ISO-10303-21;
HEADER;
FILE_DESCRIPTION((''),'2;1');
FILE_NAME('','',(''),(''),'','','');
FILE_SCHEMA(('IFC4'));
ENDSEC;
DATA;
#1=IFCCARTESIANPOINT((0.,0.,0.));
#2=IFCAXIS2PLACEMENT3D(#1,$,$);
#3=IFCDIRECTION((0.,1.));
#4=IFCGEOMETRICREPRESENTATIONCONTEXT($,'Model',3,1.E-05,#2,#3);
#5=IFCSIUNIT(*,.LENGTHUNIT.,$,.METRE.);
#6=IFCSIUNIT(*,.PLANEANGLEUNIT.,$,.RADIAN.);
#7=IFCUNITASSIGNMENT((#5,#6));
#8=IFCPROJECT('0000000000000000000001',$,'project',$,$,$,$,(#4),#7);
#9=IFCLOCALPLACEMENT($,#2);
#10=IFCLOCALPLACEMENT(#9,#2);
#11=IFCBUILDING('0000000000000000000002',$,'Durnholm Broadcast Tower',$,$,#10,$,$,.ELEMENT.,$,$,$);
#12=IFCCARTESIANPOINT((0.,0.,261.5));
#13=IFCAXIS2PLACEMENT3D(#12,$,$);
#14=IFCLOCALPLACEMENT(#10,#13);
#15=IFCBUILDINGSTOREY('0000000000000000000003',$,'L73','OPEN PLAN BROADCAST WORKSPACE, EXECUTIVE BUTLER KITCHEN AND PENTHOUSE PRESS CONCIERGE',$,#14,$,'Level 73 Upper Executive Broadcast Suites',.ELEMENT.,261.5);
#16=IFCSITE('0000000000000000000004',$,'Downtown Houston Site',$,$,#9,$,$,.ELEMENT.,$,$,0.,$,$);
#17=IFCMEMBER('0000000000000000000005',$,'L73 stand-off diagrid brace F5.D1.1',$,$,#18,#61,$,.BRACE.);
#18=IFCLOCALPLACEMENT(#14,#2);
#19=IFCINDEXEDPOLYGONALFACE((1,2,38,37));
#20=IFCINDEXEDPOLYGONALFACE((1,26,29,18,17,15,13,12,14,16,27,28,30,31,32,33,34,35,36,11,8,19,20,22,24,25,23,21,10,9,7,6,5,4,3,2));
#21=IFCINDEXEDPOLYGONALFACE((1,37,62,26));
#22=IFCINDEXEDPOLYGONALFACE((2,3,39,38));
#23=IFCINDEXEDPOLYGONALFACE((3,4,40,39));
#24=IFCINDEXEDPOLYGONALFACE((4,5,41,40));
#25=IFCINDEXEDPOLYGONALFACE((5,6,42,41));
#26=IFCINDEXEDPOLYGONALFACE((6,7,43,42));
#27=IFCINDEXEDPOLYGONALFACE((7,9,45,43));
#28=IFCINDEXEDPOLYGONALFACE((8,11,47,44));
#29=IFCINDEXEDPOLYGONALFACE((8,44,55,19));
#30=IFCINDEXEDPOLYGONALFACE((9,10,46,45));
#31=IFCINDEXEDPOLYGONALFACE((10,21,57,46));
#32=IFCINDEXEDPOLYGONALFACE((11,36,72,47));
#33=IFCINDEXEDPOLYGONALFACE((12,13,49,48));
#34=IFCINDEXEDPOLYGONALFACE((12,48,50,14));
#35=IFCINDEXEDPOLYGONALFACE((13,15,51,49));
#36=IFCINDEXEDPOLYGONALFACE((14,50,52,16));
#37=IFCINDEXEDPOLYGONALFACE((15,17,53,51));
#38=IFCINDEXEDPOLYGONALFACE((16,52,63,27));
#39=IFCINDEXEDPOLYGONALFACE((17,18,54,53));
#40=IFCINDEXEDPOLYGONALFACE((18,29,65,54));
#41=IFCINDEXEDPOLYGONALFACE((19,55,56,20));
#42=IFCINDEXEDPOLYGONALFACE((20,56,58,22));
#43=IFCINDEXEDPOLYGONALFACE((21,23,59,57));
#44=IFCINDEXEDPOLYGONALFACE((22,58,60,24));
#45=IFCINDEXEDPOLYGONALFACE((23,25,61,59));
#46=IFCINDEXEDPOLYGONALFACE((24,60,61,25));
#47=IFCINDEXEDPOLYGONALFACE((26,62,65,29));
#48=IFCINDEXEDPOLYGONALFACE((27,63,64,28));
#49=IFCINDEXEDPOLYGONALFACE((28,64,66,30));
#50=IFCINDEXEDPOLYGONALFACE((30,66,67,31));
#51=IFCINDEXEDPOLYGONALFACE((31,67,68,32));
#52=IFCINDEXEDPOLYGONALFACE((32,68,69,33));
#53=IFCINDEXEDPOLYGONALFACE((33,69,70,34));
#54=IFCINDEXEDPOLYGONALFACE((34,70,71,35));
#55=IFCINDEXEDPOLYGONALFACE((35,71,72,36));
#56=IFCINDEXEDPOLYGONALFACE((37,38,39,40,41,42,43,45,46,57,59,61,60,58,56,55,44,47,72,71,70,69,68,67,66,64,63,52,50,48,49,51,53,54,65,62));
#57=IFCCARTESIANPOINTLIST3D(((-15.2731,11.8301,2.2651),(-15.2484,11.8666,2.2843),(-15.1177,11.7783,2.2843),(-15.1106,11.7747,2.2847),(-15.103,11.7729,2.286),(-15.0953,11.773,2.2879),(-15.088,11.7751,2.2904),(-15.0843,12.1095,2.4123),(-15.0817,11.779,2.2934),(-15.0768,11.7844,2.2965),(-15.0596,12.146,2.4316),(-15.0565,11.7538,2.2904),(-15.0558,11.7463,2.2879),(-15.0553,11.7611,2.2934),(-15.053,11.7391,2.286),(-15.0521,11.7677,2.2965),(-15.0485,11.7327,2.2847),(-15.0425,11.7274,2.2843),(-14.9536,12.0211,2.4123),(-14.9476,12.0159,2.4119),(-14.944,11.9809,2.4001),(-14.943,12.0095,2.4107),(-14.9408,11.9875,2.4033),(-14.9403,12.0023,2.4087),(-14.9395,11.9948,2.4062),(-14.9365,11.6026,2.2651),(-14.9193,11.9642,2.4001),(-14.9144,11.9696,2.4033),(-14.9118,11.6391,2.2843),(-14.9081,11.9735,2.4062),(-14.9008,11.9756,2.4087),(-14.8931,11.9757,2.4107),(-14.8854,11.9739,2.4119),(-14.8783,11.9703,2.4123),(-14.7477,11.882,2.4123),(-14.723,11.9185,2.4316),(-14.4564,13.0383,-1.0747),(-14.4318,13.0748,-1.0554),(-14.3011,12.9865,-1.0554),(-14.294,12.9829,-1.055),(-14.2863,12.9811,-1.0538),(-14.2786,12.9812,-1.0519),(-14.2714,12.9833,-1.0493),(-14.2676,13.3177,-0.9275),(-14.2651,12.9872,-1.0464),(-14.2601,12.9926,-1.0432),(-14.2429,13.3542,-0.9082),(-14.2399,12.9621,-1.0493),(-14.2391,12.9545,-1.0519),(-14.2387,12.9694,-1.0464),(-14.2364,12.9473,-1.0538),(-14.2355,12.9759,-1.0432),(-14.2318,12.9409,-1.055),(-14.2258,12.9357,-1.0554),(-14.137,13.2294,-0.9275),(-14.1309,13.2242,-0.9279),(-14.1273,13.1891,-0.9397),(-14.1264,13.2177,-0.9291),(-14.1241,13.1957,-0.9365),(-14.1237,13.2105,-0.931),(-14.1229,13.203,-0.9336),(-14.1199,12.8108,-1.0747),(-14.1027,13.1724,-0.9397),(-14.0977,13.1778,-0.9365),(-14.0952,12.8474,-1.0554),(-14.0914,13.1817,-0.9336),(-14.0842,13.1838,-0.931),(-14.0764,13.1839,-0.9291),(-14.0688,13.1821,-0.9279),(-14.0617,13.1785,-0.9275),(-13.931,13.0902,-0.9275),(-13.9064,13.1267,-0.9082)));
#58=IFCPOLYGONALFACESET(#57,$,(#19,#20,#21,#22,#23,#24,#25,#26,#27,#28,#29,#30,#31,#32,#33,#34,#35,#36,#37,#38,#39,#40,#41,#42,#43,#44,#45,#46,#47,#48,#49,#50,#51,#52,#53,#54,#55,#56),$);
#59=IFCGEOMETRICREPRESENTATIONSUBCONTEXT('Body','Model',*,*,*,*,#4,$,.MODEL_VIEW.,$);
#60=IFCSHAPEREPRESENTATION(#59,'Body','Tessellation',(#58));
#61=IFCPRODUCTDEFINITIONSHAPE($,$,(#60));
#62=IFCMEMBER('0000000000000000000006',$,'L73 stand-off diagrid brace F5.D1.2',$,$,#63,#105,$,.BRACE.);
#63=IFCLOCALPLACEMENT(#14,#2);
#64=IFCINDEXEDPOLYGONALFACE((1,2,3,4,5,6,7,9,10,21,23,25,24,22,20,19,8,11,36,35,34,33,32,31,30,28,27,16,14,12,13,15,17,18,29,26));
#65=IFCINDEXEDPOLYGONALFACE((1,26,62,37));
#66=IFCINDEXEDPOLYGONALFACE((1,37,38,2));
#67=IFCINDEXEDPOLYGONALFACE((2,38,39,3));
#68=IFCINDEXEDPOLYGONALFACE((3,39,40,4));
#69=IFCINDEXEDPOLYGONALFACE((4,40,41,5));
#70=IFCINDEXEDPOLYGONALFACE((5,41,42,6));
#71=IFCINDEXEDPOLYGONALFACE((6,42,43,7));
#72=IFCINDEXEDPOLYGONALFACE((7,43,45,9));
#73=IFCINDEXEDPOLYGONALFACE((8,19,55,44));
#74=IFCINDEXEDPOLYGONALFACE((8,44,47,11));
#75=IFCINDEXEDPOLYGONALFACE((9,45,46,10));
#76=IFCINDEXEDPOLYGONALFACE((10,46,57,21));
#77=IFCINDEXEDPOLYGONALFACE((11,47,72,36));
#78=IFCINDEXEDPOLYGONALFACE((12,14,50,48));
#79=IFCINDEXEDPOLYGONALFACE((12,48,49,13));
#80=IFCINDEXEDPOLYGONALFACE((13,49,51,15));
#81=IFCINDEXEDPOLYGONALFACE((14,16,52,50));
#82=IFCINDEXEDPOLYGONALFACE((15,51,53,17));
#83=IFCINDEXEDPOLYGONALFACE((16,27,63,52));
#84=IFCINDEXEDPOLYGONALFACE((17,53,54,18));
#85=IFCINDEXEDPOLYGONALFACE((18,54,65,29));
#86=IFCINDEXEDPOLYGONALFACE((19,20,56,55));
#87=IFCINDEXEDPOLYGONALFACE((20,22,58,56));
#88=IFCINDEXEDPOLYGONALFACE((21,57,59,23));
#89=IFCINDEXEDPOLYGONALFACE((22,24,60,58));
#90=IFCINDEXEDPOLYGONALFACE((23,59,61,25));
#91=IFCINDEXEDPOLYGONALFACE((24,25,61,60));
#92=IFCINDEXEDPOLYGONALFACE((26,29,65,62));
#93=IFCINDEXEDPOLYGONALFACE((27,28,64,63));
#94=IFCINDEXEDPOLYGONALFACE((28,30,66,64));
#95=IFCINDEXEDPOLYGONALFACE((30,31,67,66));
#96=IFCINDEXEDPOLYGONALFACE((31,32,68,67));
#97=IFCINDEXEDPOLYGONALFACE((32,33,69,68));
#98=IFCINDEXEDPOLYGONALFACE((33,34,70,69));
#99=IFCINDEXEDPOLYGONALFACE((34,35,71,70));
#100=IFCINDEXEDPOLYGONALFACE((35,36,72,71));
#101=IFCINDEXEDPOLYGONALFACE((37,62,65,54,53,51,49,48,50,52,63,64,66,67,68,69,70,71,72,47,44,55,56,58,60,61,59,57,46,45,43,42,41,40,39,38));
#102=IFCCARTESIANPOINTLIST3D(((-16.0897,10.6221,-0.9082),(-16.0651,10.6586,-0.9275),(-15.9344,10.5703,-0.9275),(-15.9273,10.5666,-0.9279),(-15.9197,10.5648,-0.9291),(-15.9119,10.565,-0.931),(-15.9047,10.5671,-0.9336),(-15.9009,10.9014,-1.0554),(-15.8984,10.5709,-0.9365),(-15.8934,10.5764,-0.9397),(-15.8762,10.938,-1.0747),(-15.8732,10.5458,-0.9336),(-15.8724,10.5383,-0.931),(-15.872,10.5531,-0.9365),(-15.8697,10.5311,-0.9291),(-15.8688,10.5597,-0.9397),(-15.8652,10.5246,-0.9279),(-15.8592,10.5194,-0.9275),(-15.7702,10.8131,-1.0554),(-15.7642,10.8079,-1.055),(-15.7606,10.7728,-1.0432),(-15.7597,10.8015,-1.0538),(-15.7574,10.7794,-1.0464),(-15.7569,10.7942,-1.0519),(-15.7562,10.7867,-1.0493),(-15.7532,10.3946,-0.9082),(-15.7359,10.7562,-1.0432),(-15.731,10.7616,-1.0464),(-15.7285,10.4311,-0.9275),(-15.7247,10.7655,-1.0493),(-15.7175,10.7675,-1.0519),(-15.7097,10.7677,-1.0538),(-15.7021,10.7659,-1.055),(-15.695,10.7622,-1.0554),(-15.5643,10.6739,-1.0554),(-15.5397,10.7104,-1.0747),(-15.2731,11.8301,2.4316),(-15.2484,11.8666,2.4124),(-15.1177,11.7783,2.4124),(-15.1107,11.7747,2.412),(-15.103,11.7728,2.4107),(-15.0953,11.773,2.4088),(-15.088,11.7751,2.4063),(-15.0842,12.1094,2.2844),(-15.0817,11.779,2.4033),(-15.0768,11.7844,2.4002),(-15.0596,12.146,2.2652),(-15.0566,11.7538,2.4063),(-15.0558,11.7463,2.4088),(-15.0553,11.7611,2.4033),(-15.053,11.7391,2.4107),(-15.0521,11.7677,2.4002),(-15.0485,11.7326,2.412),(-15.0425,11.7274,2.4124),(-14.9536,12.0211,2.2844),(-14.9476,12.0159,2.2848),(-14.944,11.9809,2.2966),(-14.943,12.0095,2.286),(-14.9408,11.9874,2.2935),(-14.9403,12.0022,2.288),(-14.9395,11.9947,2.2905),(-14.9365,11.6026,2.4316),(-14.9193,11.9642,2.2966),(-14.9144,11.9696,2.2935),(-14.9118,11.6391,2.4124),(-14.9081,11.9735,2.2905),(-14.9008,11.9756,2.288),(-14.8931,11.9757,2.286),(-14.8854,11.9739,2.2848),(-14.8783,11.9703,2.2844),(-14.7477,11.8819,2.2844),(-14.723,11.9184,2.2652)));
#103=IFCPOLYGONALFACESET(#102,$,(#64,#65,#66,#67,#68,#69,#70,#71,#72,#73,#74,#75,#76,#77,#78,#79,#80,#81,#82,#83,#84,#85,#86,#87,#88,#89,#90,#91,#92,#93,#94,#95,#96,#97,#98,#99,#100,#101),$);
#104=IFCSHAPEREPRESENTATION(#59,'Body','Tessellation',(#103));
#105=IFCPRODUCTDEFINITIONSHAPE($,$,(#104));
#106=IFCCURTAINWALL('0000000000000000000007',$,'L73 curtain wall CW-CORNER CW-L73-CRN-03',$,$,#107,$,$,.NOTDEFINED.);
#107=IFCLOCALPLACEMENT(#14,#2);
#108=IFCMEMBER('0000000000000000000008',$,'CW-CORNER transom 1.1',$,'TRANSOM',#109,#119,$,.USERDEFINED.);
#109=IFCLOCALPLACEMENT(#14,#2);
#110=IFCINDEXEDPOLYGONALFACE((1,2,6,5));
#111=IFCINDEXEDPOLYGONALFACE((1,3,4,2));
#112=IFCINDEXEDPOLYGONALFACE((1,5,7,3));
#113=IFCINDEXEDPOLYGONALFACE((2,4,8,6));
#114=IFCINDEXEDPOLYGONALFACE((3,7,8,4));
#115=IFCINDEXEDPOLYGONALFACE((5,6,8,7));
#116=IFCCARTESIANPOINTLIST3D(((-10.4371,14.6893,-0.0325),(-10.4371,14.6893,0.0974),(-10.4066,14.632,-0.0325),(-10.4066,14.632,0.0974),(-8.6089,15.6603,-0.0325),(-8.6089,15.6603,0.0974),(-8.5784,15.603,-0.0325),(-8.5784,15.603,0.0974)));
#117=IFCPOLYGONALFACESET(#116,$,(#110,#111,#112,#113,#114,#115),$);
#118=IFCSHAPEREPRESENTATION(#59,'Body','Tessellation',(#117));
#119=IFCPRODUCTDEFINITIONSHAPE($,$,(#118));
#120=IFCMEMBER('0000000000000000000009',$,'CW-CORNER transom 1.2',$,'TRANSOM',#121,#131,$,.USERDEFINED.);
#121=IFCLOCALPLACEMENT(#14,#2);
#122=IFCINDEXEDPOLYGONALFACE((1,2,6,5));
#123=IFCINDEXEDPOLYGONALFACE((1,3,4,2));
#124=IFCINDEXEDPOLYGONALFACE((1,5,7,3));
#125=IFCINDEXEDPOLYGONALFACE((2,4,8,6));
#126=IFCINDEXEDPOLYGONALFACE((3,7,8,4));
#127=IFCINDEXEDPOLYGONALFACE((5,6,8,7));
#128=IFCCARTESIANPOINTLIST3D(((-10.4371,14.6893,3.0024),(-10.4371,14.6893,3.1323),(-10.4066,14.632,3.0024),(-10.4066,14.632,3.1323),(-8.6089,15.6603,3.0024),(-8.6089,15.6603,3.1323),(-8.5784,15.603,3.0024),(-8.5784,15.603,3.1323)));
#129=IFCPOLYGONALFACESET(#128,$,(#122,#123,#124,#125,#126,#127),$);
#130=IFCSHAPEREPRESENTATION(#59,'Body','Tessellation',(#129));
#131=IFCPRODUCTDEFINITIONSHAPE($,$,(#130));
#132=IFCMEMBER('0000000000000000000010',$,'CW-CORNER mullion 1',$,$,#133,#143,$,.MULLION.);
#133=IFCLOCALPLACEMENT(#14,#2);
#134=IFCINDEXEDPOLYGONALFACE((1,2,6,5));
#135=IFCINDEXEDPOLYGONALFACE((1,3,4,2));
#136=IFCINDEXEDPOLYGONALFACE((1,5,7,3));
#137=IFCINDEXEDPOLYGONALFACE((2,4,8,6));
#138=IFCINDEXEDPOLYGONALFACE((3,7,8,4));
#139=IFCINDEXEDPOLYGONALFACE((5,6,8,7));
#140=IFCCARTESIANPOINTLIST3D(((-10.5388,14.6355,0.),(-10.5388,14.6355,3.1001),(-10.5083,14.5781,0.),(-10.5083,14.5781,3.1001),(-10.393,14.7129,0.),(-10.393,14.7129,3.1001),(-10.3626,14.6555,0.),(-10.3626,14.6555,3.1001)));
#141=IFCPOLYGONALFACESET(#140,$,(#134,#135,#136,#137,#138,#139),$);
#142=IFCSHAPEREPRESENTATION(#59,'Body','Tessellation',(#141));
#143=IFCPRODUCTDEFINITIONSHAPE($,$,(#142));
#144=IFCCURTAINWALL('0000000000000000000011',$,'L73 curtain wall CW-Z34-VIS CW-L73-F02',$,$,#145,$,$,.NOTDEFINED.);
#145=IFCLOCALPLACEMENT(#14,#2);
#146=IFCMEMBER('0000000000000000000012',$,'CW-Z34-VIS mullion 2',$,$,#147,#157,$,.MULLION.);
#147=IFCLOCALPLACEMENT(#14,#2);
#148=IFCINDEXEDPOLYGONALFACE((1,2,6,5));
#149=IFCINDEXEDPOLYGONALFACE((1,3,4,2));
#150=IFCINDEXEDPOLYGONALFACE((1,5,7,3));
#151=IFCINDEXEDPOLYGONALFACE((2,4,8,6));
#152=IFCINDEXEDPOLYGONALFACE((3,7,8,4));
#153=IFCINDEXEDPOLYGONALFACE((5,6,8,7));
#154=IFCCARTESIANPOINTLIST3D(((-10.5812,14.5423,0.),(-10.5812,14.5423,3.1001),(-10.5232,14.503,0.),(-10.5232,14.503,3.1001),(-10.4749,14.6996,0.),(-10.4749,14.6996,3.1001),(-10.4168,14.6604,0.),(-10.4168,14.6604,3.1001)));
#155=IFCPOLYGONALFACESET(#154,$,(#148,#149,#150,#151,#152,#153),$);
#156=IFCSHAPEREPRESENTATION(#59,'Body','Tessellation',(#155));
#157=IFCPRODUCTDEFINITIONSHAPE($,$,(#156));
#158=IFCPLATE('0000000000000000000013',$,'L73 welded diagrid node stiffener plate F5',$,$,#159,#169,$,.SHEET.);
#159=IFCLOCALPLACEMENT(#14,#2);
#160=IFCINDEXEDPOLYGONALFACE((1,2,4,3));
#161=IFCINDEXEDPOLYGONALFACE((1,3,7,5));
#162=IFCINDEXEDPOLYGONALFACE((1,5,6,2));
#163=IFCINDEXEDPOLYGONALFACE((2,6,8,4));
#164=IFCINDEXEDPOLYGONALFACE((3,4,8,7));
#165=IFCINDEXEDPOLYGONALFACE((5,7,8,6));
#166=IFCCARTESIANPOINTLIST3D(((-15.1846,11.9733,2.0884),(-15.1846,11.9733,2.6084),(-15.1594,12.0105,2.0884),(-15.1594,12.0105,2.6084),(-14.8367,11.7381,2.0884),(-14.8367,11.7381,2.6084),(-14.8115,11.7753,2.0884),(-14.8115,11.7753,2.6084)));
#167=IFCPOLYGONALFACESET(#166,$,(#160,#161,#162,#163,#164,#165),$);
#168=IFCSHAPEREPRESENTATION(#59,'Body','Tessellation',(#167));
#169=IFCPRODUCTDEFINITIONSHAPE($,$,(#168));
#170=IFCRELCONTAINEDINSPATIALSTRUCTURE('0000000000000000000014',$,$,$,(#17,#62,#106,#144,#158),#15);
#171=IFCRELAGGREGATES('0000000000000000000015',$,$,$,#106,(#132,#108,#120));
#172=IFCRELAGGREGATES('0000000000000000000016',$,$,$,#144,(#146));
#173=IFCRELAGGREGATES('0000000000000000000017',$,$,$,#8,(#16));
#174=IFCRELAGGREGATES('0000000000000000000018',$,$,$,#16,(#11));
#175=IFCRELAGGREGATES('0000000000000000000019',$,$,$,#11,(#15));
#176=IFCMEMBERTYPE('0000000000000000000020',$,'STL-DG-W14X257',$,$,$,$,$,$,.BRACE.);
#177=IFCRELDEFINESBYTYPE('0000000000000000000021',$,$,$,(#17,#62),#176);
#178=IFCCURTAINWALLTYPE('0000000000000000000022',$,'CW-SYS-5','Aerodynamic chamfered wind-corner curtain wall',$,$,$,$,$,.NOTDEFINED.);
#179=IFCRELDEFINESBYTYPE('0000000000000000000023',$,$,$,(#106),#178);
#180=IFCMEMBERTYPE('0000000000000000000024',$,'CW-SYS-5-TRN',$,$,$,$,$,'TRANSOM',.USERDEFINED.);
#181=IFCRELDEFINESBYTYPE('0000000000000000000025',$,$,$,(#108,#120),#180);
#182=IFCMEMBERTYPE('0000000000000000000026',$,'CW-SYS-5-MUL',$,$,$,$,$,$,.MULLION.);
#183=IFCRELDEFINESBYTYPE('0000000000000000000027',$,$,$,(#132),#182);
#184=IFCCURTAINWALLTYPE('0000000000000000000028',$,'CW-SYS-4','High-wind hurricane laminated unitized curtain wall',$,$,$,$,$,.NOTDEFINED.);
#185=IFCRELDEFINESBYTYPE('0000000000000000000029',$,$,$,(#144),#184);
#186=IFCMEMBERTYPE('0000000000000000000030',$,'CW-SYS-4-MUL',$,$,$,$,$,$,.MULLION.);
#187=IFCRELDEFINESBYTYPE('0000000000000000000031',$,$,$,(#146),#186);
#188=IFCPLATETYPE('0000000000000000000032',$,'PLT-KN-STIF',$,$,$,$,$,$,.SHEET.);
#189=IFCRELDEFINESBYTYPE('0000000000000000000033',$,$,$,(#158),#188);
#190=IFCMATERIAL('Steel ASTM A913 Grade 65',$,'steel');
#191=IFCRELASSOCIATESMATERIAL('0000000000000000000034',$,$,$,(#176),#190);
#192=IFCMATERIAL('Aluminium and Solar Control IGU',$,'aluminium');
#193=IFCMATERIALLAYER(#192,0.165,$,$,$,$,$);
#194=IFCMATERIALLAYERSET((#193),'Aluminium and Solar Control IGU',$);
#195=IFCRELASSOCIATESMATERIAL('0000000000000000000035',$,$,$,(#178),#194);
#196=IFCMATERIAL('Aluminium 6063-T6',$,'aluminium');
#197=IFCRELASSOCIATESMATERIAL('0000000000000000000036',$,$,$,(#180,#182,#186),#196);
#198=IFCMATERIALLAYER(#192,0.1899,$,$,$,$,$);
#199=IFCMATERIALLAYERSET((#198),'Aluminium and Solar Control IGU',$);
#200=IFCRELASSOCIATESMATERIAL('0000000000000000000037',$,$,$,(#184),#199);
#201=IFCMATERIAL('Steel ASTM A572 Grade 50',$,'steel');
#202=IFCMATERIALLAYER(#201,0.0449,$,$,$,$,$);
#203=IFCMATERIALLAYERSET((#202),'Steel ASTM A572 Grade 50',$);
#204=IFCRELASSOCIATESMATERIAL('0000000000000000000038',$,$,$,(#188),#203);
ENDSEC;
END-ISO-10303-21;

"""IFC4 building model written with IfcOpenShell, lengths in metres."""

from ifc_helpers import new_model, si_unit, direction, frame, origin, origin_2d, place, context, subcontext, project, spatial, rectangle, i_section, extrude, source, transform, mapped, material, layer, layer_set, material_profile, profile_set, type_object, type_shapes, element, aggregate, save


model = new_model("IFC4")

# Units and contexts
model_context = context("Model", 3, precision=1e-05, world=origin(), true_north=direction((0.0, 1.0)))
body_context = subcontext(model_context, "Body", "Model", "MODEL_VIEW")
ifc_project = project(units=[si_unit("LENGTHUNIT", "METRE"), si_unit("PLANEANGLEUNIT", "RADIAN")], contexts=[model_context])

# Site, building, storey
site_placement = place(None, origin())
site = spatial("IfcSite", under=ifc_project, at=site_placement, Name="Downtown Houston Site", CompositionType="ELEMENT", RefElevation=0.0)
building_placement = place(site_placement, origin())
building = spatial("IfcBuilding", under=site, at=building_placement, Name="Durnholm Broadcast Tower", CompositionType="ELEMENT")
storey_placement = place(building_placement, frame((0.0, 0.0, 261.5)))
storey = spatial("IfcBuildingStorey", under=building, at=storey_placement, Name="L73", Description="OPEN PLAN BROADCAST WORKSPACE, EXECUTIVE BUTLER KITCHEN AND PENTHOUSE PRESS CONCIERGE", LongName="Level 73 Upper Executive Broadcast Suites", CompositionType="ELEMENT", Elevation=261.5)

# Members
ifc_material_1 = material(Name="Steel ASTM A913 Grade 65", Category="steel")
ifc_material_profile_1 = material_profile(ifc_material_1, i_section(OverallWidth=0.4062, OverallDepth=0.416, WebThickness=0.0298, FlangeThickness=0.0481, FilletRadius=0.0305, at=origin_2d()), Name="W14X257")
ifc_profile_set_1 = profile_set([ifc_material_profile_1], Name="Steel ASTM A913 Grade 65")
member_type_1 = type_object("IfcMemberType", Name="STL-DG-W14X257", PredefinedType="BRACE", material=ifc_profile_set_1)
shared_shape_1 = source(origin(), body_context, "Body", "SweptSolid", [
    extrude(i_section(OverallWidth=0.4062, OverallDepth=0.416, WebThickness=0.0298, FlangeThickness=0.0481, FilletRadius=0.0305, at=origin_2d()), origin(), (0.0, 0.0, 1.0), 3.6443),
])
type_shapes(member_type_1, [shared_shape_1])
for number, where, z_axis, x_axis, name in (
    (1, (-14.1814, 13.0825, -0.9915), (-0.224086, -0.33154, 0.916442), (0.828505, -0.559982, 0.0), "L73 stand-off diagrid brace F5.D1.1"),
    (2, (-15.8147, 10.6663, -0.9915), (0.224091, 0.331481, 0.916463), (-0.828452, 0.560059, 0.0), "L73 stand-off diagrid brace F5.D1.2"),
):
    element("IfcMember", number, at=place(storey_placement, frame(where, z_axis=z_axis, x_axis=x_axis)), inside=storey, type_object=member_type_1, Name=name, PredefinedType="BRACE", context=body_context, shape_type="MappedRepresentation", body=[
        mapped(shared_shape_1, transform((0.0, 0.0, 0.0), x_axis=(1.0, 0.0, 0.0), y_axis=(0.0, 1.0, 0.0), z_axis=(0.0, 0.0, 1.0), scale=1.0)),
    ])

# Curtain wall, members
ifc_material_2 = material(Name="Aluminium and Solar Control IGU", Category="aluminium")
ifc_layer_1 = layer(ifc_material_2, 0.165)
ifc_layer_set_1 = layer_set([ifc_layer_1], Name="Aluminium and Solar Control IGU")
curtain_wall_type_1 = type_object("IfcCurtainWallType", Name="CW-SYS-5", Description="Aerodynamic chamfered wind-corner curtain wall", PredefinedType="NOTDEFINED", material=ifc_layer_set_1)
curtain_wall_1_placement = place(storey_placement, origin())
curtain_wall_1 = element("IfcCurtainWall", 3, at=curtain_wall_1_placement, inside=storey, type_object=curtain_wall_type_1, Name="L73 curtain wall CW-CORNER CW-L73-CRN-03", PredefinedType="NOTDEFINED")
ifc_material_3 = material(Name="Aluminium 6063-T6", Category="aluminium")
ifc_material_profile_2 = material_profile(ifc_material_3, rectangle(XDim=0.0649, YDim=0.1299, at=origin_2d()), Name="CWT65X130")
ifc_profile_set_2 = profile_set([ifc_material_profile_2], Name="Aluminium 6063-T6")
member_type_2 = type_object("IfcMemberType", Name="CW-SYS-5-TRN", ElementType="TRANSOM", PredefinedType="USERDEFINED", material=ifc_profile_set_2)
shared_shape_2 = source(origin(), body_context, "Body", "SweptSolid", [
    extrude(rectangle(XDim=0.0649, YDim=0.1299, at=origin_2d()), origin(), (0.0, 0.0, 1.0), 2.0701),
])
type_shapes(member_type_2, [shared_shape_2])
member_1_placement = place(storey_placement, frame((-10.4219, 14.6606, 0.0325), z_axis=(0.883165, 0.469063, 0.0), x_axis=(-0.469063, 0.883165, 0.0)))
member_1 = element("IfcMember", 4, at=member_1_placement, type_object=member_type_2, Name="CW-CORNER transom 1.1", ObjectType="TRANSOM", PredefinedType="USERDEFINED", context=body_context, shape_type="MappedRepresentation", body=[
    mapped(shared_shape_2, transform((0.0, 0.0, 0.0), x_axis=(1.0, 0.0, 0.0), y_axis=(0.0, 1.0, 0.0), z_axis=(0.0, 0.0, 1.0), scale=1.0)),
])
member_2_placement = place(storey_placement, frame((-10.4219, 14.6606, 3.0674), z_axis=(0.883165, 0.469063, 0.0), x_axis=(-0.469063, 0.883165, 0.0)))
member_2 = element("IfcMember", 5, at=member_2_placement, type_object=member_type_2, Name="CW-CORNER transom 1.2", ObjectType="TRANSOM", PredefinedType="USERDEFINED", context=body_context, shape_type="MappedRepresentation", body=[
    mapped(shared_shape_2, transform((0.0, 0.0, 0.0), x_axis=(1.0, 0.0, 0.0), y_axis=(0.0, 1.0, 0.0), z_axis=(0.0, 0.0, 1.0), scale=1.0)),
])
ifc_material_profile_3 = material_profile(ifc_material_3, rectangle(XDim=0.0649, YDim=0.165, at=origin_2d()), Name="CWM65X165")
ifc_profile_set_3 = profile_set([ifc_material_profile_3], Name="Aluminium 6063-T6")
member_type_3 = type_object("IfcMemberType", Name="CW-SYS-5-MUL", PredefinedType="MULLION", material=ifc_profile_set_3)
shared_shape_3 = source(origin(), body_context, "Body", "SweptSolid", [
    extrude(rectangle(XDim=0.0649, YDim=0.165, at=origin_2d()), origin(), (0.0, 0.0, 1.0), 3.1001),
])
type_shapes(member_type_3, [shared_shape_3])
member_3_placement = place(storey_placement, frame((-10.4507, 14.6455, 0.0), z_axis=(0.0, 0.0, 1.0), x_axis=(-0.469007, 0.883195, 0.0)))
member_3 = element("IfcMember", 6, at=member_3_placement, type_object=member_type_3, Name="CW-CORNER mullion 1", PredefinedType="MULLION", context=body_context, shape_type="MappedRepresentation", body=[
    mapped(shared_shape_3, transform((0.0, 0.0, 0.0), x_axis=(1.0, 0.0, 0.0), y_axis=(0.0, 1.0, 0.0), z_axis=(0.0, 0.0, 1.0), scale=1.0)),
])
aggregate(curtain_wall_1, [member_3, member_1, member_2])

# Curtain wall, member
ifc_layer_2 = layer(ifc_material_2, 0.1899)
ifc_layer_set_2 = layer_set([ifc_layer_2], Name="Aluminium and Solar Control IGU")
curtain_wall_type_2 = type_object("IfcCurtainWallType", Name="CW-SYS-4", Description="High-wind hurricane laminated unitized curtain wall", PredefinedType="NOTDEFINED", material=ifc_layer_set_2)
curtain_wall_2_placement = place(storey_placement, origin())
curtain_wall_2 = element("IfcCurtainWall", 7, at=curtain_wall_2_placement, inside=storey, type_object=curtain_wall_type_2, Name="L73 curtain wall CW-Z34-VIS CW-L73-F02", PredefinedType="NOTDEFINED")
ifc_material_profile_4 = material_profile(ifc_material_3, rectangle(XDim=0.0701, YDim=0.1899, at=origin_2d()), Name="CWM70X190")
ifc_profile_set_4 = profile_set([ifc_material_profile_4], Name="Aluminium 6063-T6")
member_type_4 = type_object("IfcMemberType", Name="CW-SYS-4-MUL", PredefinedType="MULLION", material=ifc_profile_set_4)
shared_shape_4 = source(origin(), body_context, "Body", "SweptSolid", [
    extrude(rectangle(XDim=0.0701, YDim=0.1899, at=origin_2d()), origin(), (0.0, 0.0, 1.0), 3.1001),
])
type_shapes(member_type_4, [shared_shape_4])
member_4_placement = place(storey_placement, frame((-10.499, 14.6013, 0.0), z_axis=(0.0, 0.0, 1.0), x_axis=(-0.828443, 0.560073, 0.0)))
member_4 = element("IfcMember", 8, at=member_4_placement, type_object=member_type_4, Name="CW-Z34-VIS mullion 2", PredefinedType="MULLION", context=body_context, shape_type="MappedRepresentation", body=[
    mapped(shared_shape_4, transform((0.0, 0.0, 0.0), x_axis=(1.0, 0.0, 0.0), y_axis=(0.0, 1.0, 0.0), z_axis=(0.0, 0.0, 1.0), scale=1.0)),
])

# Plate
ifc_material_4 = material(Name="Steel ASTM A572 Grade 50", Category="steel")
ifc_layer_3 = layer(ifc_material_4, 0.0449)
ifc_layer_set_3 = layer_set([ifc_layer_3], Name="Steel ASTM A572 Grade 50")
plate_type_1 = type_object("IfcPlateType", Name="PLT-KN-STIF", PredefinedType="SHEET", material=ifc_layer_set_3)
shared_shape_5 = source(origin(), body_context, "Body", "SweptSolid", [
    extrude(rectangle(XDim=0.0449, YDim=0.4199, at=origin_2d()), origin(), (0.0, 0.0, 1.0), 0.52),
])
type_shapes(plate_type_1, [shared_shape_5])
plate_1_placement = place(storey_placement, frame((-14.998, 11.8743, 2.0884), z_axis=(0.0, 0.0, 1.0), x_axis=(-0.560061, -0.828452, 0.0)))
element("IfcPlate", 9, at=plate_1_placement, inside=storey, type_object=plate_type_1, Name="L73 welded diagrid node stiffener plate F5", PredefinedType="SHEET", context=body_context, shape_type="MappedRepresentation", body=[
    mapped(shared_shape_5, transform((0.0, 0.0, 0.0), x_axis=(1.0, 0.0, 0.0), y_axis=(0.0, 1.0, 0.0), z_axis=(0.0, 0.0, 1.0), scale=1.0)),
])

aggregate(curtain_wall_2, [member_4])

save(model, "model.ifc")
